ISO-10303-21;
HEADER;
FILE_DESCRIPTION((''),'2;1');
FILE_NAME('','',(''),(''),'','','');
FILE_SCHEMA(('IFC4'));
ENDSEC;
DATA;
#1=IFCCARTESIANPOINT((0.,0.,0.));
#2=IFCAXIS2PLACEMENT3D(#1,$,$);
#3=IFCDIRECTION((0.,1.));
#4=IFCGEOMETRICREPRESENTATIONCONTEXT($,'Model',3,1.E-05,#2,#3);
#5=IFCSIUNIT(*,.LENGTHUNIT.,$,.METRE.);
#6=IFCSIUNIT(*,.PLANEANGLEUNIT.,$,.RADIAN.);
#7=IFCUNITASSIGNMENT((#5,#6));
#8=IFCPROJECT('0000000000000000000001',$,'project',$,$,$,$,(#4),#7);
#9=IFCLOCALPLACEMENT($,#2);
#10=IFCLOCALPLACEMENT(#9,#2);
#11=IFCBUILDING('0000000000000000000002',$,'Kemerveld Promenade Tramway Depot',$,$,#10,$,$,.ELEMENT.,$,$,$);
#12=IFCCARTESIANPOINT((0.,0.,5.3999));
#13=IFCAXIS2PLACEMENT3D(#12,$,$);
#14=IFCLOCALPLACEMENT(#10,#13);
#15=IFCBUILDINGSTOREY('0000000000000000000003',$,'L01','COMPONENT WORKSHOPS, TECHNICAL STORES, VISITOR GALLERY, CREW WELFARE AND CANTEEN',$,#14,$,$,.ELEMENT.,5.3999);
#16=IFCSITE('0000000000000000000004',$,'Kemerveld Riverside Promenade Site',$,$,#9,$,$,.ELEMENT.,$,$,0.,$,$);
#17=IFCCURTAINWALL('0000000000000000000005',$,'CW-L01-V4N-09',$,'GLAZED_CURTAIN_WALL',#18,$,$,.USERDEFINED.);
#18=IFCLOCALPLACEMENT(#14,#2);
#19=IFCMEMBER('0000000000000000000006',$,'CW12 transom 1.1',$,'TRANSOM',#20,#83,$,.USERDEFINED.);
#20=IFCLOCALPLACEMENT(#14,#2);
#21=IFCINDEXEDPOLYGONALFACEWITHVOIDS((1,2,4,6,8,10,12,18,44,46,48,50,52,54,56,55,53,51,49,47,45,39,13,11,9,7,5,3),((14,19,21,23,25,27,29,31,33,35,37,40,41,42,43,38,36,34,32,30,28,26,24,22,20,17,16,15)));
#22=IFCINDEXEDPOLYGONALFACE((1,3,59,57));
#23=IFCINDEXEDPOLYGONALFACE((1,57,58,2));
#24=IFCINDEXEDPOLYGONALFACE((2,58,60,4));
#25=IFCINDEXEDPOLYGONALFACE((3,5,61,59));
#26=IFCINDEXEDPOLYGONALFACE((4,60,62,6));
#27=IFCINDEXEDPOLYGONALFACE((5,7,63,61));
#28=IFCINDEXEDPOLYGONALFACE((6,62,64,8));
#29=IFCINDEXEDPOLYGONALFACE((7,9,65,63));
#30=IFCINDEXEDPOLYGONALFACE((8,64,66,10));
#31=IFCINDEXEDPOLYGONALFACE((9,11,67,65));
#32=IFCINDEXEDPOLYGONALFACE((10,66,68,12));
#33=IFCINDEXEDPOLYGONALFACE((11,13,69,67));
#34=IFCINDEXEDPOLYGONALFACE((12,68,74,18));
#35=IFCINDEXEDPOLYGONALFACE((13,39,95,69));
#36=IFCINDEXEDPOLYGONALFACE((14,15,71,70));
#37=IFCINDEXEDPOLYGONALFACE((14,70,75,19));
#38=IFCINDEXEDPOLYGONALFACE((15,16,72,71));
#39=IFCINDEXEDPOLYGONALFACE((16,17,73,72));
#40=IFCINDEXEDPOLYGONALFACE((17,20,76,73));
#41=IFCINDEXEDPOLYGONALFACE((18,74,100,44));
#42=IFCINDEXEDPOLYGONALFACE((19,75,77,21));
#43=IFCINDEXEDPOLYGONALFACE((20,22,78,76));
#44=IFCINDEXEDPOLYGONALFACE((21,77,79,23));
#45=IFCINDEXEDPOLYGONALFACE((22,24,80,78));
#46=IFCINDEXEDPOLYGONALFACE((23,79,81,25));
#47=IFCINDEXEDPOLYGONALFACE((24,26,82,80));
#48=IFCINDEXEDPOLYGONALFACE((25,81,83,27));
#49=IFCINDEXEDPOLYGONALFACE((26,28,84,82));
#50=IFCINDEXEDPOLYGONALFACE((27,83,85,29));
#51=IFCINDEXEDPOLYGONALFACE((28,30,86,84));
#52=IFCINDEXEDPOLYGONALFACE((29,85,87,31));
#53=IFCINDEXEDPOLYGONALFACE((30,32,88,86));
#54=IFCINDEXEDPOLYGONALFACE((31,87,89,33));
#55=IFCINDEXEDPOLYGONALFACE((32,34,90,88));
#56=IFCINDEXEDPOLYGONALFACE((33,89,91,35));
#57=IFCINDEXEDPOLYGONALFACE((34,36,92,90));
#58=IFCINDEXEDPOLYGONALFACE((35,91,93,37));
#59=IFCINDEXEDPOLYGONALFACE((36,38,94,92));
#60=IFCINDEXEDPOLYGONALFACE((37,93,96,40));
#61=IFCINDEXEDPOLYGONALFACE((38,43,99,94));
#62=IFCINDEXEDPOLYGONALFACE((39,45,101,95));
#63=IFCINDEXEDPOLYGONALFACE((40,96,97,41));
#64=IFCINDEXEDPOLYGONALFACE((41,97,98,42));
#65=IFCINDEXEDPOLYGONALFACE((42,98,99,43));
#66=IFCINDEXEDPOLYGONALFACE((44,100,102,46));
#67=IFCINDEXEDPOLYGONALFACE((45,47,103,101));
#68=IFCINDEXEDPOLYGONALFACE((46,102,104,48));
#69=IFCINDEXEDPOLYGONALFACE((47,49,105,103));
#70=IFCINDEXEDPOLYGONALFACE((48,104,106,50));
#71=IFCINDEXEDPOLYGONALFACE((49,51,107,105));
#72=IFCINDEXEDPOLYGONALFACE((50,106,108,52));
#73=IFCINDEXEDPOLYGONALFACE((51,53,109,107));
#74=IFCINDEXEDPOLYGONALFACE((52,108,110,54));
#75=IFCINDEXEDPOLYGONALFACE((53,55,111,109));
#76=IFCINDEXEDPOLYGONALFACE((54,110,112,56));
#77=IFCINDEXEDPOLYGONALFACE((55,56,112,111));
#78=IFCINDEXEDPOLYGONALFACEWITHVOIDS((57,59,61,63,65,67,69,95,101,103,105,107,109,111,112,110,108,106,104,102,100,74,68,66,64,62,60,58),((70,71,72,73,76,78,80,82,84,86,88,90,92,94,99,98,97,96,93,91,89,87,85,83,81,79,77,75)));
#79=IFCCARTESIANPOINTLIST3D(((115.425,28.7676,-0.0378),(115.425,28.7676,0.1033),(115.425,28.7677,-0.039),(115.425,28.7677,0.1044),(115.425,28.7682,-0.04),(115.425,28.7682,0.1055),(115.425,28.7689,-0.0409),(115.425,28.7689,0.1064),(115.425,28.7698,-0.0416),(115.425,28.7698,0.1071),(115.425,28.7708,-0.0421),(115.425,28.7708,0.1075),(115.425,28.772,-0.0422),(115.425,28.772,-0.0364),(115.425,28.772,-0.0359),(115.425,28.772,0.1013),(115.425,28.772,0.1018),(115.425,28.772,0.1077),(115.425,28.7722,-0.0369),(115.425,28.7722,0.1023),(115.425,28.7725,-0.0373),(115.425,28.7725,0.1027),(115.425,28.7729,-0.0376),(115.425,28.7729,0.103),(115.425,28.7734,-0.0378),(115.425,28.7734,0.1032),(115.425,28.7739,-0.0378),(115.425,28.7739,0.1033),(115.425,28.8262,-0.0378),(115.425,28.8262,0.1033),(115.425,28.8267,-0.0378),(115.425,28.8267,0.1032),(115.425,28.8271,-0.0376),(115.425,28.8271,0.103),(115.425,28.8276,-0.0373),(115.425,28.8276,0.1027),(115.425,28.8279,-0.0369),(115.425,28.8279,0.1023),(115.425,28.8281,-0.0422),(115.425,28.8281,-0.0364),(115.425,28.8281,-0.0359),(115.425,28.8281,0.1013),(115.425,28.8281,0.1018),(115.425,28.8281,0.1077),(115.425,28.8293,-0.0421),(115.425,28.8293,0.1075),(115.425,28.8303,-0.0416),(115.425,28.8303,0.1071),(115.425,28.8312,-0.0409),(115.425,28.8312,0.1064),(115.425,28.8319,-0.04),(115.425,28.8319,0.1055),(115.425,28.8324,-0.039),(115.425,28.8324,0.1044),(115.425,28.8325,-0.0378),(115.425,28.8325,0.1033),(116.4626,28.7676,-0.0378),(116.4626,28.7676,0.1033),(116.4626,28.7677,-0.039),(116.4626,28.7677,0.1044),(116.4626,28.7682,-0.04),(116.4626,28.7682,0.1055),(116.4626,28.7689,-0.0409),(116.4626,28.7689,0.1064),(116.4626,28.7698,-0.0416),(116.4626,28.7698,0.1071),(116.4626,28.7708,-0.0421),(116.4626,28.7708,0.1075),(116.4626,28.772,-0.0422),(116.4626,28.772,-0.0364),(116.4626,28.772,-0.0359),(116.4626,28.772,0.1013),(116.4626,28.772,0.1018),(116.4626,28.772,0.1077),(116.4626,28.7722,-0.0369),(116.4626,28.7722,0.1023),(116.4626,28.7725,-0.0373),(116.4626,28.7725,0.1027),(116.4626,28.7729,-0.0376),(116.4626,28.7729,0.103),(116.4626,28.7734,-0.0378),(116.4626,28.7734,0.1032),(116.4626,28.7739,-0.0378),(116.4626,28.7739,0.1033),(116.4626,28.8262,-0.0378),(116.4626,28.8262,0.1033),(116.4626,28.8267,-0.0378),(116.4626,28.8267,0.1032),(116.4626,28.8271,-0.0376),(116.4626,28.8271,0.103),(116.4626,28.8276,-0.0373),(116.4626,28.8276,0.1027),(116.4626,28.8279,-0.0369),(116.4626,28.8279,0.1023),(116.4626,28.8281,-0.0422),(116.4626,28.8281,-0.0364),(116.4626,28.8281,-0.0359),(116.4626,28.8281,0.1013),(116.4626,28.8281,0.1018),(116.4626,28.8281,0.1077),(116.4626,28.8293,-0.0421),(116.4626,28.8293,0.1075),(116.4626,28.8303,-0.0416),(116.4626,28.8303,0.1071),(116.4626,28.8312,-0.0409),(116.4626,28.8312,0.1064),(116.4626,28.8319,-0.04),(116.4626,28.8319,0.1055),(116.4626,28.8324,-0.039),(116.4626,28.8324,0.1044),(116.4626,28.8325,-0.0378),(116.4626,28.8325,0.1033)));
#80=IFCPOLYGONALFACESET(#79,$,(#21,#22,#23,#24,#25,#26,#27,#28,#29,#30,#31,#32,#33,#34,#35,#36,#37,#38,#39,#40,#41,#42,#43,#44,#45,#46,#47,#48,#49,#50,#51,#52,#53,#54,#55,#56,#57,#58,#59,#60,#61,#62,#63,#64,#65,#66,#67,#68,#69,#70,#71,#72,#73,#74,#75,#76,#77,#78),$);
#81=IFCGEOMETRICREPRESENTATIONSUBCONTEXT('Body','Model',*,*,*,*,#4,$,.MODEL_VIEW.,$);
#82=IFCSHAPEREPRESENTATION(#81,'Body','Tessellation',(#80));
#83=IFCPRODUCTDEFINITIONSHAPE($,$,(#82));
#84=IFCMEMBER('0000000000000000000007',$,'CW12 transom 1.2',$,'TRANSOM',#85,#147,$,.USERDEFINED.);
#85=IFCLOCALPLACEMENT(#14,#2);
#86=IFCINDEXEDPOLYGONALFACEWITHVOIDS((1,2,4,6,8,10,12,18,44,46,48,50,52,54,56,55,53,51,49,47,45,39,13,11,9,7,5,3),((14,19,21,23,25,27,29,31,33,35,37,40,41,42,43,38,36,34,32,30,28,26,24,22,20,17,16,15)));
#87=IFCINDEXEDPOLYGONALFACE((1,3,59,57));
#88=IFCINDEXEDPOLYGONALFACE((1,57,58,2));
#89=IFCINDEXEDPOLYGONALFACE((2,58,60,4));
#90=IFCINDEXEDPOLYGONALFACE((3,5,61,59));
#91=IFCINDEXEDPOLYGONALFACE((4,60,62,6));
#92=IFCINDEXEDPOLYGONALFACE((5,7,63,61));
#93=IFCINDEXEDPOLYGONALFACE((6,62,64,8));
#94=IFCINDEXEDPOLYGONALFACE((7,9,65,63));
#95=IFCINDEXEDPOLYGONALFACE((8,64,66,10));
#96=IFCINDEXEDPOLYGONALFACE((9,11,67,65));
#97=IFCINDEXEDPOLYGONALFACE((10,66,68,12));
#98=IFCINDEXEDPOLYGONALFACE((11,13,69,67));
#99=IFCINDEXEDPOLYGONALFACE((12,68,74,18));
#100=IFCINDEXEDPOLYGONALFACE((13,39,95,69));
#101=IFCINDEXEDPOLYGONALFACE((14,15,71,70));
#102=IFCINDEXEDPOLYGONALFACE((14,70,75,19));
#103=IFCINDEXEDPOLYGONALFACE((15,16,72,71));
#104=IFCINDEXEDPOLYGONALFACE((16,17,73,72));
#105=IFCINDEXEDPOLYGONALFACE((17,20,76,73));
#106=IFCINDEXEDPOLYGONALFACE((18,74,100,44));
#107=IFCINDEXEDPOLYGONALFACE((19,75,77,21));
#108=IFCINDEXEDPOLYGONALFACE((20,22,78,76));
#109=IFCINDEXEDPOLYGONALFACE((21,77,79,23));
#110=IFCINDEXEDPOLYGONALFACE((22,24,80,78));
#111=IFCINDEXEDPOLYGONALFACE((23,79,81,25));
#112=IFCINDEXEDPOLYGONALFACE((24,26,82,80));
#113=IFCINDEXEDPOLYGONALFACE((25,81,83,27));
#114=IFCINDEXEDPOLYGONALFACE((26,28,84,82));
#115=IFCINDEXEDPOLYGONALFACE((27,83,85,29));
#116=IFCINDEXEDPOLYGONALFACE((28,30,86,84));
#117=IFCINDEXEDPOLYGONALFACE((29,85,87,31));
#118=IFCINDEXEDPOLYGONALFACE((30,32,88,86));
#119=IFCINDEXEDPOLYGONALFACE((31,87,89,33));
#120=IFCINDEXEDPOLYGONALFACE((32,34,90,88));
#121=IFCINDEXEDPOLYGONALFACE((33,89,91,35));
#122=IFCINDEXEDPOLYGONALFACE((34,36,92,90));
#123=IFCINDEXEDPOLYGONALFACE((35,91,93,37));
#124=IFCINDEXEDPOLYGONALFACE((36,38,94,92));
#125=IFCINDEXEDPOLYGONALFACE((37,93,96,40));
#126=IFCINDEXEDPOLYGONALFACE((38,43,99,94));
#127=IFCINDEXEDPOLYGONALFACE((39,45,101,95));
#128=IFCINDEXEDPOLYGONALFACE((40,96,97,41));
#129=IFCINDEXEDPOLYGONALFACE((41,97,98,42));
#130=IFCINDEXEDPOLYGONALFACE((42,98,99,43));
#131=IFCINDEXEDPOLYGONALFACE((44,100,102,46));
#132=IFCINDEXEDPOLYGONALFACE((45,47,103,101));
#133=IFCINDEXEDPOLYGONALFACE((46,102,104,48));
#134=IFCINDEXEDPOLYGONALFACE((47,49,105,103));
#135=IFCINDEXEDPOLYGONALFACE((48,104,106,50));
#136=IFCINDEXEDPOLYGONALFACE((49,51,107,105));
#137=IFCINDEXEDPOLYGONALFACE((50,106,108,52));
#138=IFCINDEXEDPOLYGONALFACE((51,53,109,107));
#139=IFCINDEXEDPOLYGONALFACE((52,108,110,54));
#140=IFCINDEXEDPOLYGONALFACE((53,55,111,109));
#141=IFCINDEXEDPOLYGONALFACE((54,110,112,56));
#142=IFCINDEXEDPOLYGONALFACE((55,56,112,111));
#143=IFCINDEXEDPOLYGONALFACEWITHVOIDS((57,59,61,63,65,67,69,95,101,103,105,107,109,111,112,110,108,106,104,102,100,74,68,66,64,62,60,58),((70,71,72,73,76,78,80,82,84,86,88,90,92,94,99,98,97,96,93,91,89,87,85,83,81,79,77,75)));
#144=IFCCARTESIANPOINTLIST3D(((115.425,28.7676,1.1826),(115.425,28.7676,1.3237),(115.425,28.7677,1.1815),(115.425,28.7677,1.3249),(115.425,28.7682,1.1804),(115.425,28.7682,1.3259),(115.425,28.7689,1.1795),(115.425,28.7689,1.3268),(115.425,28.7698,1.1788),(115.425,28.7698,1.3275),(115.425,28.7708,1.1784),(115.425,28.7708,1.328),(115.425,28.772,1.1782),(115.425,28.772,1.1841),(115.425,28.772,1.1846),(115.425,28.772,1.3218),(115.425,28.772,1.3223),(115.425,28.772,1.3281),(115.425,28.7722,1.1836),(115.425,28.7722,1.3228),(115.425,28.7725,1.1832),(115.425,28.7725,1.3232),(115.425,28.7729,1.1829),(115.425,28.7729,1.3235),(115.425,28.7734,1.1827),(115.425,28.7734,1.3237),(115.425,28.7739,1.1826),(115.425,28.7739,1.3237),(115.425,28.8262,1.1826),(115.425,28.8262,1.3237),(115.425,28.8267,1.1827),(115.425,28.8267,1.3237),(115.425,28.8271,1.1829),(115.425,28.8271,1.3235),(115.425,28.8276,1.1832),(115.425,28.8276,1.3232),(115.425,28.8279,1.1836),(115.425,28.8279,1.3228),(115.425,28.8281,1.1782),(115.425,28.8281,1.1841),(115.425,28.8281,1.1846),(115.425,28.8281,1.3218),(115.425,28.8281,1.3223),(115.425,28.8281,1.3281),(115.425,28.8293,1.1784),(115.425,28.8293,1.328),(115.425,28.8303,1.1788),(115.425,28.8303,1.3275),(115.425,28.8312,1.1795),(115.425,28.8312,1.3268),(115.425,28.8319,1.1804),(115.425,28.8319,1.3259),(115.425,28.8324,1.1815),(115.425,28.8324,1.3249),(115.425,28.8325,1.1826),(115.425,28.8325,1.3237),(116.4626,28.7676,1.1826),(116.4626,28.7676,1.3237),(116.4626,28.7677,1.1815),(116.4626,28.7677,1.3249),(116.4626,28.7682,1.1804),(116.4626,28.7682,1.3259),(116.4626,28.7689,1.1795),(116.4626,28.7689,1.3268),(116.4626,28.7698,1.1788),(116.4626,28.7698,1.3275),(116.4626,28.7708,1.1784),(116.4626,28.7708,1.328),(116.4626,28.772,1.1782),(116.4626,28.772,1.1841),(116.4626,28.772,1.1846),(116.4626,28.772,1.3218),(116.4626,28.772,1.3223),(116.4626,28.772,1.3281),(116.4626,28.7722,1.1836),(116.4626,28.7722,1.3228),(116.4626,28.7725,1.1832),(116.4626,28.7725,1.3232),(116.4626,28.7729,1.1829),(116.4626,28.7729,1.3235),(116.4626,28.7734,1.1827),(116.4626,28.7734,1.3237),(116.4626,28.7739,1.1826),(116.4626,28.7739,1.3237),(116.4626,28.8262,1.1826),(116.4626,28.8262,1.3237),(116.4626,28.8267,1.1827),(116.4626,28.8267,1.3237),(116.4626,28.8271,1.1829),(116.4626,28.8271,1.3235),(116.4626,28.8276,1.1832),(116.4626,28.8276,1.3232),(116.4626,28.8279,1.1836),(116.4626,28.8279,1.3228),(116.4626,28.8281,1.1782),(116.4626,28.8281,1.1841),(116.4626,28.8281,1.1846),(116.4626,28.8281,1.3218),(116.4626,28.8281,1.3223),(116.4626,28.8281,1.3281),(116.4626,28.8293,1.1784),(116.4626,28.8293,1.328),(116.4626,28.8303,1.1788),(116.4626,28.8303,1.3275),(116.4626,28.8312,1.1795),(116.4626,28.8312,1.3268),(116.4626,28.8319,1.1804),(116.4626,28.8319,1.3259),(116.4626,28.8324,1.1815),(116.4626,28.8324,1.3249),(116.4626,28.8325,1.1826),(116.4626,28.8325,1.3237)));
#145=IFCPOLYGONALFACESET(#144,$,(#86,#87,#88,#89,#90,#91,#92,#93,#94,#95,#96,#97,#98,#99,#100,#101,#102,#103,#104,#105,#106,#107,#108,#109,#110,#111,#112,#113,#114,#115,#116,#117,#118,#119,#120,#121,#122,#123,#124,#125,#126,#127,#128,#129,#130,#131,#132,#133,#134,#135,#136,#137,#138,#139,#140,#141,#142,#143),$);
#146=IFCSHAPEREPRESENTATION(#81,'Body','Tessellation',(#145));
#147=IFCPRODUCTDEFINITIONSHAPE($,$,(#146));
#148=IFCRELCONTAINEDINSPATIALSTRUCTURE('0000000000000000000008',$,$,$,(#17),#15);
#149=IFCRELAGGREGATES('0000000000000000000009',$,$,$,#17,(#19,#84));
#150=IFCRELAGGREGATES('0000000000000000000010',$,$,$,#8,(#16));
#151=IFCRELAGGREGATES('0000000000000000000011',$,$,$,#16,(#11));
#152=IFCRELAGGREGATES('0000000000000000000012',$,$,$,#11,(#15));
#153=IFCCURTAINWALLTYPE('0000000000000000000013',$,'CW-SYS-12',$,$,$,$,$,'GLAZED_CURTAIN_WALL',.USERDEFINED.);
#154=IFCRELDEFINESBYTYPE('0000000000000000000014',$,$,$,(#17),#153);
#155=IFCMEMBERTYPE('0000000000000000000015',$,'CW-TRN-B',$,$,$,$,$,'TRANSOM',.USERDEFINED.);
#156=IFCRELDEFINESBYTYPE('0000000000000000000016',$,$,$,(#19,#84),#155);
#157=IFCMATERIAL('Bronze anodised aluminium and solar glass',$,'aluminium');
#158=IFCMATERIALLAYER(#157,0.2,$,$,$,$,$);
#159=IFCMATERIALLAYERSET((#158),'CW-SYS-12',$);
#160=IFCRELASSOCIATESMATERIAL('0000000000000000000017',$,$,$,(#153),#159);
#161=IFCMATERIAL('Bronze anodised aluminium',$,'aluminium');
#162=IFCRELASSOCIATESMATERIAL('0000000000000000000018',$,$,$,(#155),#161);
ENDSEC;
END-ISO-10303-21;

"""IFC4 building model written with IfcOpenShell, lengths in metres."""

from ifc_helpers import new_model, si_unit, direction, frame, origin, origin_2d, place, context, subcontext, project, spatial, hollow_rectangle, extrude, material, layer, layer_set, material_profile, profile_set, type_object, element, aggregate, save


model = new_model("IFC4")

# Units and contexts
model_context = context("Model", 3, precision=1e-05, world=origin(), true_north=direction((0.0, 1.0)))
body_context = subcontext(model_context, "Body", "Model", "MODEL_VIEW")
ifc_project = project(units=[si_unit("LENGTHUNIT", "METRE"), si_unit("PLANEANGLEUNIT", "RADIAN")], contexts=[model_context])

# Site, building, storey
site_placement = place(None, origin())
site = spatial("IfcSite", under=ifc_project, at=site_placement, Name="Kemerveld Riverside Promenade Site", CompositionType="ELEMENT", RefElevation=0.0)
building_placement = place(site_placement, origin())
building = spatial("IfcBuilding", under=site, at=building_placement, Name="Kemerveld Promenade Tramway Depot", CompositionType="ELEMENT")
storey_placement = place(building_placement, frame((0.0, 0.0, 5.3999)))
storey = spatial("IfcBuildingStorey", under=building, at=storey_placement, Name="L01", Description="COMPONENT WORKSHOPS, TECHNICAL STORES, VISITOR GALLERY, CREW WELFARE AND CANTEEN", CompositionType="ELEMENT", Elevation=5.3999)

# Curtain wall, members
ifc_material_1 = material(Name="Bronze anodised aluminium and solar glass", Category="aluminium")
ifc_layer_1 = layer(ifc_material_1, 0.2)
ifc_layer_set_1 = layer_set([ifc_layer_1], Name="CW-SYS-12")
curtain_wall_type = type_object("IfcCurtainWallType", Name="CW-SYS-12", ElementType="GLAZED_CURTAIN_WALL", PredefinedType="USERDEFINED", material=ifc_layer_set_1)
curtain_wall_placement = place(storey_placement, origin())
curtain_wall = element("IfcCurtainWall", 1, at=curtain_wall_placement, inside=storey, type_object=curtain_wall_type, Name="CW-L01-V4N-09", ObjectType="GLAZED_CURTAIN_WALL", PredefinedType="USERDEFINED")
ifc_material_2 = material(Name="Bronze anodised aluminium", Category="aluminium")
ifc_material_profile_1 = material_profile(ifc_material_2, hollow_rectangle(XDim=0.0649, YDim=0.1499, WallThickness=0.0044, InnerFilletRadius=0.002, OuterFilletRadius=0.0044, at=origin_2d()), Name="CW-TRN-150x65")
ifc_profile_set_1 = profile_set([ifc_material_profile_1], Name="Bronze anodised aluminium")
member_type_1 = type_object("IfcMemberType", Name="CW-TRN-B", ElementType="TRANSOM", PredefinedType="USERDEFINED", material=ifc_profile_set_1)
member_1_placement = place(storey_placement, frame((115.425, 28.8, 0.0327), z_axis=(1.0, 0.0, 0.0), x_axis=(0.0, 1.0, 0.0)))
member_1 = element("IfcMember", 2, at=member_1_placement, type_object=member_type_1, Name="CW12 transom 1.1", ObjectType="TRANSOM", PredefinedType="USERDEFINED", context=body_context, shape_type="SweptSolid", body=[
    extrude(hollow_rectangle(XDim=0.0649, YDim=0.1499, WallThickness=0.0044, InnerFilletRadius=0.002, OuterFilletRadius=0.0044, at=origin_2d()), origin(), (0.0, 0.0, 1.0), 1.0376),
])
member_2_placement = place(storey_placement, frame((115.425, 28.8, 1.2532), z_axis=(1.0, 0.0, 0.0), x_axis=(0.0, 1.0, 0.0)))
member_2 = element("IfcMember", 3, at=member_2_placement, type_object=member_type_1, Name="CW12 transom 1.2", ObjectType="TRANSOM", PredefinedType="USERDEFINED", context=body_context, shape_type="SweptSolid", body=[
    extrude(hollow_rectangle(XDim=0.0649, YDim=0.1499, WallThickness=0.0044, InnerFilletRadius=0.002, OuterFilletRadius=0.0044, at=origin_2d()), origin(), (0.0, 0.0, 1.0), 1.0376),
])
aggregate(curtain_wall, [member_1, member_2])

save(model, "model.ifc")
